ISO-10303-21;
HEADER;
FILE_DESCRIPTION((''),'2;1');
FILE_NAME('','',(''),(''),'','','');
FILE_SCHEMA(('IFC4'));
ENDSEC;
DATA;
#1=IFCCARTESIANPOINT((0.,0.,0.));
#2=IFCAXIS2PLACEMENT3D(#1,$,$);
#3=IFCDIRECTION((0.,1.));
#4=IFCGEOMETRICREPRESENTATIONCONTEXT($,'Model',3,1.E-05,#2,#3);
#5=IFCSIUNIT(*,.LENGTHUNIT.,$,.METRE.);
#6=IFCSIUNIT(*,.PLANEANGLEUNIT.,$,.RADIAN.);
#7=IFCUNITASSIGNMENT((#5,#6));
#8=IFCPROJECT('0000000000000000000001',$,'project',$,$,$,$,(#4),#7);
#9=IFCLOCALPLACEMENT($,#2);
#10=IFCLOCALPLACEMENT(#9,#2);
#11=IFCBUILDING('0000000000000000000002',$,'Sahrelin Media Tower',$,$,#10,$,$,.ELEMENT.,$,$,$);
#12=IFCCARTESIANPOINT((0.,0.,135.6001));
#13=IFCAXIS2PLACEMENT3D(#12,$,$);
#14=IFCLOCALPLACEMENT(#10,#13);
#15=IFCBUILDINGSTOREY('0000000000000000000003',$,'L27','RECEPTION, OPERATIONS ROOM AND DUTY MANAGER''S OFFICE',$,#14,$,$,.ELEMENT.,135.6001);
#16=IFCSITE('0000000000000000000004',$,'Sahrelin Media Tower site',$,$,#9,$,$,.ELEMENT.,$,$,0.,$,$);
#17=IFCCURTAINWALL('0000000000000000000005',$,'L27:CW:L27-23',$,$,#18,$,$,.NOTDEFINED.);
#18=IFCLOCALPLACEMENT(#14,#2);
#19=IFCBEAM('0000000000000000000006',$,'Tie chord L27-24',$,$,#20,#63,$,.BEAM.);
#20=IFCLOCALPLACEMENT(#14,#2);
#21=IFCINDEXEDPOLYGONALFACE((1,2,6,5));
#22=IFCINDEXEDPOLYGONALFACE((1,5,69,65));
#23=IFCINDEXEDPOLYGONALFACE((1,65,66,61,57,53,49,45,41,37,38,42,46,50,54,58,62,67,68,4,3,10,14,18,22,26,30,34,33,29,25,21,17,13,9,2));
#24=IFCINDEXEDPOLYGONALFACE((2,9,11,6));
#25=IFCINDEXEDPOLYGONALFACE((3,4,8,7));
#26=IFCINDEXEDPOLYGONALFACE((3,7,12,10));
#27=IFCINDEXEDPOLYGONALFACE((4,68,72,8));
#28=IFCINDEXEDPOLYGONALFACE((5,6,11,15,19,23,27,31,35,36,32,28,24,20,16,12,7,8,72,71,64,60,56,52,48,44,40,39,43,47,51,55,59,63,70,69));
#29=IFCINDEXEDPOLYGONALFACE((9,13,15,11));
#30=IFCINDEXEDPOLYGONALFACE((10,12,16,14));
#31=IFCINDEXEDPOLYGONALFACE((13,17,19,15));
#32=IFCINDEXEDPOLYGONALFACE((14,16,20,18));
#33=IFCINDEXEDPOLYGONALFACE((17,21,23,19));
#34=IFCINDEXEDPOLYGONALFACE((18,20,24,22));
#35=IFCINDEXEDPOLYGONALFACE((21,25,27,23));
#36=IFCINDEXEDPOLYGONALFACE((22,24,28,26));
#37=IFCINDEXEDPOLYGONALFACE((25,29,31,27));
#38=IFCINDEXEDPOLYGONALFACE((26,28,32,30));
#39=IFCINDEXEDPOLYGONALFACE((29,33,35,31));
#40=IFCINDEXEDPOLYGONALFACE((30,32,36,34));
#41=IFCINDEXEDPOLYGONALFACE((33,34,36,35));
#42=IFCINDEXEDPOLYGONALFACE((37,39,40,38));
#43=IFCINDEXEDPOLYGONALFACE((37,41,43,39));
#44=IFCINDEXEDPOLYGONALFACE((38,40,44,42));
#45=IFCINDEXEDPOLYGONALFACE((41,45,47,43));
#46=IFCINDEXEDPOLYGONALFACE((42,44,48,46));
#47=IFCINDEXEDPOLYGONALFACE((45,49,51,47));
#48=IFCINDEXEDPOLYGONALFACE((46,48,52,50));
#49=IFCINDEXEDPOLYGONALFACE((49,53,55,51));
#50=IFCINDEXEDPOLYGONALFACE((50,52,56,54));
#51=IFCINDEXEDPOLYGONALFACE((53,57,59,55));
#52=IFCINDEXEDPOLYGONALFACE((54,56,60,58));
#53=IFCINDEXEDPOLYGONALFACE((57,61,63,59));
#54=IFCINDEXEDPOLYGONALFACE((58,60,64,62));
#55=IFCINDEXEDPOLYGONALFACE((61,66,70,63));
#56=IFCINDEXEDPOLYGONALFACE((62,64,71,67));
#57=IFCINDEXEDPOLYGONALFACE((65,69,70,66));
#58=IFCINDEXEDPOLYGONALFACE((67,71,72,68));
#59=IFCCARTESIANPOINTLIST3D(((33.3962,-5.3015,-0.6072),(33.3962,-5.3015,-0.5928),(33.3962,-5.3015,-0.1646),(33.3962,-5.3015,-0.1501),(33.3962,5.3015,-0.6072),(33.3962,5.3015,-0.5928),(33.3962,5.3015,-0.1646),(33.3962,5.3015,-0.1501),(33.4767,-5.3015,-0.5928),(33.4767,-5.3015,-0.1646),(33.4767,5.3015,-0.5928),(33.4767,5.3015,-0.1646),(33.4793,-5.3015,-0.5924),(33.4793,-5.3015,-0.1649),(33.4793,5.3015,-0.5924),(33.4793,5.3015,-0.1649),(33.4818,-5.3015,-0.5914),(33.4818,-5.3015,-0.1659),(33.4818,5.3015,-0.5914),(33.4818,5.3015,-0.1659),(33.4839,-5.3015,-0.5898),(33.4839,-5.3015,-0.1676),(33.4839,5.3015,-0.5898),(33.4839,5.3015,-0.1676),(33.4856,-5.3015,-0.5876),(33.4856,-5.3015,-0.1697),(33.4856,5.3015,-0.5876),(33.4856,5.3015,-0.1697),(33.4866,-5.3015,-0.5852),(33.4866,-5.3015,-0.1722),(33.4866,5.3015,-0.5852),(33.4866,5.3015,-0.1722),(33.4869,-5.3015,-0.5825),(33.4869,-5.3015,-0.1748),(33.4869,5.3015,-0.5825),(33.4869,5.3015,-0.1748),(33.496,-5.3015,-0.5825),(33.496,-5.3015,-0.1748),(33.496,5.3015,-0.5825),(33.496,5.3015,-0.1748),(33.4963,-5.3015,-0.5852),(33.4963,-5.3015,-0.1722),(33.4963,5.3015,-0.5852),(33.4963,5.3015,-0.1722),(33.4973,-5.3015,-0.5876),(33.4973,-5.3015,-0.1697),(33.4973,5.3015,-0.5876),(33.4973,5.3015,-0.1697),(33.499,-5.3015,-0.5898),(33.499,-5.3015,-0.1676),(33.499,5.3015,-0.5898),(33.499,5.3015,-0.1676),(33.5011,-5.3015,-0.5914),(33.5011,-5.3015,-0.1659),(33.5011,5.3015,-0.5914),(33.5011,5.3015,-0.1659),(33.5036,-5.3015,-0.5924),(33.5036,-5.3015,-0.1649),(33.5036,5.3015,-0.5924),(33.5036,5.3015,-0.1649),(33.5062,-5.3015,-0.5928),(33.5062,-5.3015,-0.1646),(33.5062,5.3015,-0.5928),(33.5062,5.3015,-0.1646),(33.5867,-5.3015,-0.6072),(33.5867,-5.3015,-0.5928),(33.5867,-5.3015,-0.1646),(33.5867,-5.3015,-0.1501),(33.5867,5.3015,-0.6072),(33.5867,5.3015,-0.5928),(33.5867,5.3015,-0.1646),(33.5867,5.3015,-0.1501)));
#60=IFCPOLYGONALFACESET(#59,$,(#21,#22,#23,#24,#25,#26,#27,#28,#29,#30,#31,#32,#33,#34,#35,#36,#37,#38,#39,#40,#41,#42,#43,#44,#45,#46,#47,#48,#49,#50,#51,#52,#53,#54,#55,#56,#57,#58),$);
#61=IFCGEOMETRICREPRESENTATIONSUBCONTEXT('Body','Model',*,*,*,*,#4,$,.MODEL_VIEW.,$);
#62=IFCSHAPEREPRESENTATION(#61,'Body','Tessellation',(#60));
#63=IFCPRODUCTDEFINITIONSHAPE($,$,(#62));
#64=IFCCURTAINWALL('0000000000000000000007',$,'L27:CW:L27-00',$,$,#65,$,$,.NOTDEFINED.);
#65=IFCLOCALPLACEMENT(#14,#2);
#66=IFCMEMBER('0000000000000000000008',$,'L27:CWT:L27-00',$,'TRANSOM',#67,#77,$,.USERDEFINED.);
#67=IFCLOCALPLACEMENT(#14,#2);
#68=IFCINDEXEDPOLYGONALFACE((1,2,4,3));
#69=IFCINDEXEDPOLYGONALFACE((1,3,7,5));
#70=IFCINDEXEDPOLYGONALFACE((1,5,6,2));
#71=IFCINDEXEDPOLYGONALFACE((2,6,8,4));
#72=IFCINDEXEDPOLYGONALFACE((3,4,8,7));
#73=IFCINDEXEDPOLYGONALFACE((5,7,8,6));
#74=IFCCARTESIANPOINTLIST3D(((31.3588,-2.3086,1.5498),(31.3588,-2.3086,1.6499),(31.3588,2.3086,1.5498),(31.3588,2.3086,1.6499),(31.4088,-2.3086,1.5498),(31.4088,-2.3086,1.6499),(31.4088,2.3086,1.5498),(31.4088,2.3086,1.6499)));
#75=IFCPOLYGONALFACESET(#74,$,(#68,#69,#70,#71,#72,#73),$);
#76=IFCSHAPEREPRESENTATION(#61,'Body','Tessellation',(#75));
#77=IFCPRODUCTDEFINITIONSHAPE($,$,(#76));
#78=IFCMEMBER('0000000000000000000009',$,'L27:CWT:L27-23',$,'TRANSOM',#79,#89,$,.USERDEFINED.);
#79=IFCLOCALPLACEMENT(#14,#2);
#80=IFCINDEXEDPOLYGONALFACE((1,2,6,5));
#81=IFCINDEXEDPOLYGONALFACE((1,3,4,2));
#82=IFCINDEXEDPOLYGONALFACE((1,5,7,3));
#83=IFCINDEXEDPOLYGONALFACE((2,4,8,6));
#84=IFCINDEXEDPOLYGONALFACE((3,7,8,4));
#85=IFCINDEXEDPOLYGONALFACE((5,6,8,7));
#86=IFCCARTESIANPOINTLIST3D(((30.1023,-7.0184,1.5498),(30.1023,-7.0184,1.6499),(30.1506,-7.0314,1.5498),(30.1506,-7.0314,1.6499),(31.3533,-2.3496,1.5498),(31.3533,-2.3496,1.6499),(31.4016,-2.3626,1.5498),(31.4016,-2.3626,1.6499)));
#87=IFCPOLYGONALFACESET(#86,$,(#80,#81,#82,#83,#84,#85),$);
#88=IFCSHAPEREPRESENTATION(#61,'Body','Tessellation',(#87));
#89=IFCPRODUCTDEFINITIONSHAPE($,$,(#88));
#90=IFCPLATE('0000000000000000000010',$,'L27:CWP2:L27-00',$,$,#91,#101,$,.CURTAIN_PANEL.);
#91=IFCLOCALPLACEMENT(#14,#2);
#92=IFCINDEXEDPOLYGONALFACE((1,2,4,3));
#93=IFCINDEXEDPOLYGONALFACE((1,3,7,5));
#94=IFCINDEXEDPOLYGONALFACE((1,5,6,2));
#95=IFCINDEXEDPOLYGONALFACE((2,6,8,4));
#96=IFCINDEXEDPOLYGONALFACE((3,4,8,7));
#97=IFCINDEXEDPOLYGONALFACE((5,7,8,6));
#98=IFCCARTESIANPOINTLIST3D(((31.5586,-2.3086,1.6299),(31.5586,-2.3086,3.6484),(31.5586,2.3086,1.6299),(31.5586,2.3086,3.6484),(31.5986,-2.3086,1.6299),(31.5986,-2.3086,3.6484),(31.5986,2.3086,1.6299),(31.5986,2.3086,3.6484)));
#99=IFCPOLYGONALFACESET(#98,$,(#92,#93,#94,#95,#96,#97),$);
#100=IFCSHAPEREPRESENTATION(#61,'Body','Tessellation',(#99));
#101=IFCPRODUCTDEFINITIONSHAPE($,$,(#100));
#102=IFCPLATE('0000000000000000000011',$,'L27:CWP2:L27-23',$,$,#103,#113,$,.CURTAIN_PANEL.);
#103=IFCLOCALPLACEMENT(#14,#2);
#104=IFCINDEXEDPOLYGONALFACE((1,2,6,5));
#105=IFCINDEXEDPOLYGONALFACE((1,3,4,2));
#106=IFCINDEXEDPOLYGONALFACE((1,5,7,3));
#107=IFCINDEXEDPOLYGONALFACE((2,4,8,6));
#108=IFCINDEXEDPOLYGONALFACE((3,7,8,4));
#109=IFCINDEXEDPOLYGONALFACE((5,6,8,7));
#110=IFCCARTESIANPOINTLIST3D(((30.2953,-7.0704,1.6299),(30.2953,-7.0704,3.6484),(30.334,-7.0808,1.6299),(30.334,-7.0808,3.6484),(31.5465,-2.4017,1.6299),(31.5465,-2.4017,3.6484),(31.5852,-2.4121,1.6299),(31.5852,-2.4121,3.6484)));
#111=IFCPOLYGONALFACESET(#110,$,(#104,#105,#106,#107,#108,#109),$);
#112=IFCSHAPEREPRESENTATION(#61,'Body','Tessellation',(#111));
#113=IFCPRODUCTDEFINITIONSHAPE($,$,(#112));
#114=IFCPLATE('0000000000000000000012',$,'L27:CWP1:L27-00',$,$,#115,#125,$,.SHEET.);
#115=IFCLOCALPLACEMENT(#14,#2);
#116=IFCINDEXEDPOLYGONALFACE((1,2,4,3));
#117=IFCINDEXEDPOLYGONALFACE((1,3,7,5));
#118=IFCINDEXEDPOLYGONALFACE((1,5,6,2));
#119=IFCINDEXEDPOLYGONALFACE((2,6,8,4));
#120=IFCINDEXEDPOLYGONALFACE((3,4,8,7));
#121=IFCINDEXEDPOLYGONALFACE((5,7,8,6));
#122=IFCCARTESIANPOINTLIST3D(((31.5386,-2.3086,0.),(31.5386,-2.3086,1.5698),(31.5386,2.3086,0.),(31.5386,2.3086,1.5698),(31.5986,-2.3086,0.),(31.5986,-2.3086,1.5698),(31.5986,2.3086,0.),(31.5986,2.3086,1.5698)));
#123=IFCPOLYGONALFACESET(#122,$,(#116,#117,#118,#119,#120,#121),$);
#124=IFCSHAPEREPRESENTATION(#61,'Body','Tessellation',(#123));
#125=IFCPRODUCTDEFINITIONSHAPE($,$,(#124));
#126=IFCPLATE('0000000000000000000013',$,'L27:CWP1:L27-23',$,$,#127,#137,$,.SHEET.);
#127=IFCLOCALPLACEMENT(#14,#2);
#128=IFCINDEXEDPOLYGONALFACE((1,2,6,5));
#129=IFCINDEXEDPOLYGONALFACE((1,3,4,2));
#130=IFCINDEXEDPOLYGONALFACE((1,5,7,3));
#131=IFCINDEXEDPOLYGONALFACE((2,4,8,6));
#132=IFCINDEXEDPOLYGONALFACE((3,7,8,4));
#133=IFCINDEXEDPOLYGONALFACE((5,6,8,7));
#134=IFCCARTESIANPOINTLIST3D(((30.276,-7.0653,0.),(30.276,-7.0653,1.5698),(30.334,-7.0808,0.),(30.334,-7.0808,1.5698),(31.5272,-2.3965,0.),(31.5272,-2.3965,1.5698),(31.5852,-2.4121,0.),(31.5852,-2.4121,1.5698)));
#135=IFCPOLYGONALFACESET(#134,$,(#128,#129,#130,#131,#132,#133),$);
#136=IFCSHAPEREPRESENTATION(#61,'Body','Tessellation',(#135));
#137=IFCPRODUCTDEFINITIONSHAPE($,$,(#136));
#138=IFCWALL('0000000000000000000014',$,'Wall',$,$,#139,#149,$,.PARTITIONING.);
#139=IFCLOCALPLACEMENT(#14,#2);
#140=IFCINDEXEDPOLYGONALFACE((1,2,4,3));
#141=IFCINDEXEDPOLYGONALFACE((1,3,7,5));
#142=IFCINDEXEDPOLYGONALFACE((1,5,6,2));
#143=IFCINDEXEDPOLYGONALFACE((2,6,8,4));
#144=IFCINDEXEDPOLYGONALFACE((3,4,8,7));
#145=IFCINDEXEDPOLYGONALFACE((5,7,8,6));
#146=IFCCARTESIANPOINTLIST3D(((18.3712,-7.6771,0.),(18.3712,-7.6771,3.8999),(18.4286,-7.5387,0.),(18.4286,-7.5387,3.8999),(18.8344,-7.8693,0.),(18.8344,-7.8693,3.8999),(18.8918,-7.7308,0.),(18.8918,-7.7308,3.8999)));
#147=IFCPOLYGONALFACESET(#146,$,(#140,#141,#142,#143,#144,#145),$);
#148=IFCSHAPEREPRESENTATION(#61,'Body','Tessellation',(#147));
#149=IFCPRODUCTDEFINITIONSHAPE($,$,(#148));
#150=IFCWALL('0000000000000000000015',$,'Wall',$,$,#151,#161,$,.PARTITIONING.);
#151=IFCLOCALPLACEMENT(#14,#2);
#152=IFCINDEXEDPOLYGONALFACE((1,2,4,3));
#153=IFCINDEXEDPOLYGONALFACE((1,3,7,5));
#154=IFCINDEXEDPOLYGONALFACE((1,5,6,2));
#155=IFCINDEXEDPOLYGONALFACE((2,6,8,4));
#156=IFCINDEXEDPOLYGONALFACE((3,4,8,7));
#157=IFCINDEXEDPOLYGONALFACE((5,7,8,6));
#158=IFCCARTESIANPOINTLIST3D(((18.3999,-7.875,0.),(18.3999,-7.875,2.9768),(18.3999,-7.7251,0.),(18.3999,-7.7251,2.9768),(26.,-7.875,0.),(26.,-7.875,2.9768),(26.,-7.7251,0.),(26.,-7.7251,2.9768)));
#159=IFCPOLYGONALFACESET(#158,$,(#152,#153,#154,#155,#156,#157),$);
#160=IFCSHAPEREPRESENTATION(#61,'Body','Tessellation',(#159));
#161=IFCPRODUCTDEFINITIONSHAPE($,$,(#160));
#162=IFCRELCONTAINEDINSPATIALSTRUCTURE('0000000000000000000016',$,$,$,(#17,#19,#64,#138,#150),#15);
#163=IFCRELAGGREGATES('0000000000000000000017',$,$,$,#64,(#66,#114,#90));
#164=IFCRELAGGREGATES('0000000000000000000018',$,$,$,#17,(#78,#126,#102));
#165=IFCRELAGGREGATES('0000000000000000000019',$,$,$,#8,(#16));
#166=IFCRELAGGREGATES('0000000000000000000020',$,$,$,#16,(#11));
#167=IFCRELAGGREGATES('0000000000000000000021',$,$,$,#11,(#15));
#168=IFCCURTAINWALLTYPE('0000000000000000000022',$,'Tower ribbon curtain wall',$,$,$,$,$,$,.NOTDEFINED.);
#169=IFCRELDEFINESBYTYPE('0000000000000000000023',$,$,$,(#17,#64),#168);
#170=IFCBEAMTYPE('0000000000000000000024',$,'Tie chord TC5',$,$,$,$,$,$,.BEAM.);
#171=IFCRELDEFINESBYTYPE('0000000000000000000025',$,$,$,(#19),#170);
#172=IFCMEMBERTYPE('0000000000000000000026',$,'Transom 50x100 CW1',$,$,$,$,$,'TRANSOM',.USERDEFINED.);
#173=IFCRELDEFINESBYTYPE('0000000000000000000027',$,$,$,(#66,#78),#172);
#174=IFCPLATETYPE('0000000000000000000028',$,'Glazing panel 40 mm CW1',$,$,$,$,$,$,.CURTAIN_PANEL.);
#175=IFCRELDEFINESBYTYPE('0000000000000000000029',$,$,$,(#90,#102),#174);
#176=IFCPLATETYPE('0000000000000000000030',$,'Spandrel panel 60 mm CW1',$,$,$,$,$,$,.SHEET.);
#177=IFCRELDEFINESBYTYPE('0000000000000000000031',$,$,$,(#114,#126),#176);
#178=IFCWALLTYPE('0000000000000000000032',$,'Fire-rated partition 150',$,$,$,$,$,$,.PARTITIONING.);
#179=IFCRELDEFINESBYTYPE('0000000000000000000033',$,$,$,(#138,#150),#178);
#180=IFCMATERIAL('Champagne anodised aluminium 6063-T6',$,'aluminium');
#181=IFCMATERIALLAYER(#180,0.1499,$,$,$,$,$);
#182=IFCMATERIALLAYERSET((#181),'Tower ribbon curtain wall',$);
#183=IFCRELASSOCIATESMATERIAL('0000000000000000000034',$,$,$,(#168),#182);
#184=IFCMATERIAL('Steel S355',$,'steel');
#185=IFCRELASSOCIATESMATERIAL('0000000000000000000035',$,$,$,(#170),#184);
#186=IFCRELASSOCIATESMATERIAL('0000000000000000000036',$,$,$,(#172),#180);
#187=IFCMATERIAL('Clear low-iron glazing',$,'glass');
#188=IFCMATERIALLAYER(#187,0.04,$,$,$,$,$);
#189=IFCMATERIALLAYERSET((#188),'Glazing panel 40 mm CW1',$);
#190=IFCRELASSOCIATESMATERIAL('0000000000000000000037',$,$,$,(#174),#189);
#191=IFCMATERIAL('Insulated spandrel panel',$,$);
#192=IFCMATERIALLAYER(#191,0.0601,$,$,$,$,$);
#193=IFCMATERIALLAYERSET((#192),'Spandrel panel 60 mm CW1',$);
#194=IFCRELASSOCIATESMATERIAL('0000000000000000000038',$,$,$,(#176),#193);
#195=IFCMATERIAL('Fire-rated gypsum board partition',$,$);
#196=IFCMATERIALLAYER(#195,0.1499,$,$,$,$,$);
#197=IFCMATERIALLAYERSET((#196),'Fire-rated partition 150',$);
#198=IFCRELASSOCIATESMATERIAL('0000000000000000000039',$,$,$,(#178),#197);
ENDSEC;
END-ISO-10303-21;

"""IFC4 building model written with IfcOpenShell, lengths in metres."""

from ifc_helpers import new_model, si_unit, direction, frame, frame_2d, origin, origin_2d, place, context, subcontext, project, spatial, polyline, rectangle, i_section, outline, extrude, material, layer, layer_set, material_profile, profile_set, type_object, element, aggregate, save


model = new_model("IFC4")

# Units and contexts
model_context = context("Model", 3, precision=1e-05, world=origin(), true_north=direction((0.0, 1.0)))
body_context = subcontext(model_context, "Body", "Model", "MODEL_VIEW")
ifc_project = project(units=[si_unit("LENGTHUNIT", "METRE"), si_unit("PLANEANGLEUNIT", "RADIAN")], contexts=[model_context])

# Site, building, storey
site_placement = place(None, origin())
site = spatial("IfcSite", under=ifc_project, at=site_placement, Name="Sahrelin Media Tower site", CompositionType="ELEMENT", RefElevation=0.0)
building_placement = place(site_placement, origin())
building = spatial("IfcBuilding", under=site, at=building_placement, Name="Sahrelin Media Tower", CompositionType="ELEMENT")
storey_placement = place(building_placement, frame((0.0, 0.0, 135.6001)))
storey = spatial("IfcBuildingStorey", under=building, at=storey_placement, Name="L27", Description="RECEPTION, OPERATIONS ROOM AND DUTY MANAGER'S OFFICE", CompositionType="ELEMENT", Elevation=135.6001)

# Shared definitions
ifc_material_1 = material(Name="Steel S355", Category="steel")

# Curtain wall
ifc_material_2 = material(Name="Champagne anodised aluminium 6063-T6", Category="aluminium")
ifc_layer_1 = layer(ifc_material_2, 0.1499)
ifc_layer_set_1 = layer_set([ifc_layer_1], Name="Tower ribbon curtain wall")
curtain_wall_type = type_object("IfcCurtainWallType", Name="Tower ribbon curtain wall", PredefinedType="NOTDEFINED", material=ifc_layer_set_1)
curtain_wall_1_placement = place(storey_placement, frame((30.9402, -4.7412, 0.0), z_axis=(0.0, 0.0, 1.0), x_axis=(1.0, 0.0, 0.0)))
curtain_wall_1 = element("IfcCurtainWall", 1, at=curtain_wall_1_placement, inside=storey, type_object=curtain_wall_type, Name="L27:CW:L27-23", PredefinedType="NOTDEFINED")

# Beam
ifc_material_profile_1 = material_profile(ifc_material_1, i_section(OverallWidth=0.1904, OverallDepth=0.457, WebThickness=0.009, FlangeThickness=0.0144, FilletRadius=0.0103, at=origin_2d()), Name="UB 457x191x74")
ifc_profile_set_1 = profile_set([ifc_material_profile_1], Name="Steel S355")
beam_type_1 = type_object("IfcBeamType", Name="Tie chord TC5", PredefinedType="BEAM", material=ifc_profile_set_1)
beam_1_placement = place(storey_placement, frame((33.4915, -5.3015, -0.3787), z_axis=(0.0, 1.0, 0.0), x_axis=(-1.0, 0.0, 0.0)))
element("IfcBeam", 2, at=beam_1_placement, inside=storey, type_object=beam_type_1, Name="Tie chord L27-24", PredefinedType="BEAM", context=body_context, shape_type="SweptSolid", body=[
    extrude(i_section(OverallWidth=0.1904, OverallDepth=0.457, WebThickness=0.009, FlangeThickness=0.0144, FilletRadius=0.0103, at=origin_2d()), origin(), (0.0, 0.0, 1.0), 10.603),
])

# Curtain wall, member
curtain_wall_2_placement = place(storey_placement, frame((31.5786, 0.0, 0.0), z_axis=(0.0, 0.0, 1.0), x_axis=(1.0, 0.0, 0.0)))
curtain_wall_2 = element("IfcCurtainWall", 3, at=curtain_wall_2_placement, inside=storey, type_object=curtain_wall_type, Name="L27:CW:L27-00", PredefinedType="NOTDEFINED")
ifc_material_profile_2 = material_profile(ifc_material_2, rectangle(XDim=0.05, YDim=0.1001, at=origin_2d()), Name="Transom 50x100")
ifc_profile_set_2 = profile_set([ifc_material_profile_2], Name="Champagne anodised aluminium 6063-T6")
member_type_1 = type_object("IfcMemberType", Name="Transom 50x100 CW1", ElementType="TRANSOM", PredefinedType="USERDEFINED", material=ifc_profile_set_2)
member_1_placement = place(storey_placement, frame((31.3838, -2.3086, 1.5999), z_axis=(0.0, 1.0, 0.0), x_axis=(-1.0, 0.0, 0.0)))
member_1 = element("IfcMember", 4, at=member_1_placement, type_object=member_type_1, Name="L27:CWT:L27-00", ObjectType="TRANSOM", PredefinedType="USERDEFINED", context=body_context, shape_type="SweptSolid", body=[
    extrude(rectangle(XDim=0.05, YDim=0.1001, at=origin_2d()), origin(), (0.0, 0.0, 1.0), 4.6172),
])

# Member
member_2_placement = place(storey_placement, frame((30.1265, -7.0249, 1.5999), z_axis=(0.258819, 0.965926, 0.0), x_axis=(-0.965926, 0.258819, 0.0)))
member_2 = element("IfcMember", 5, at=member_2_placement, type_object=member_type_1, Name="L27:CWT:L27-23", ObjectType="TRANSOM", PredefinedType="USERDEFINED", context=body_context, shape_type="SweptSolid", body=[
    extrude(rectangle(XDim=0.05, YDim=0.1001, at=origin_2d()), origin(), (0.0, 0.0, 1.0), 4.8335),
])

# Plates
ifc_material_3 = material(Name="Clear low-iron glazing", Category="glass")
ifc_layer_2 = layer(ifc_material_3, 0.04)
ifc_layer_set_2 = layer_set([ifc_layer_2], Name="Glazing panel 40 mm CW1")
plate_type_1 = type_object("IfcPlateType", Name="Glazing panel 40 mm CW1", PredefinedType="CURTAIN_PANEL", material=ifc_layer_set_2)
plate_1_placement = place(storey_placement, frame((31.5986, -2.3086, 1.6299), z_axis=(1.0, 0.0, 0.0), x_axis=(0.0, 1.0, 0.0)))
plate_1 = element("IfcPlate", 6, at=plate_1_placement, type_object=plate_type_1, Name="L27:CWP2:L27-00", PredefinedType="CURTAIN_PANEL", context=body_context, shape_type="SweptSolid", body=[
    extrude(outline(polyline([(0.0, 0.0), (4.6172, 0.0), (4.6172, 2.0186), (0.0, 2.0186), (0.0, 0.0)])), origin(), (0.0, 0.0, -1.0), 0.04),
])
plate_2_placement = place(storey_placement, frame((30.334, -7.0808, 1.6299), z_axis=(0.965913, -0.258867, 0.0), x_axis=(0.258867, 0.965913, 0.0)))
plate_2 = element("IfcPlate", 7, at=plate_2_placement, type_object=plate_type_1, Name="L27:CWP2:L27-23", PredefinedType="CURTAIN_PANEL", context=body_context, shape_type="SweptSolid", body=[
    extrude(outline(polyline([(0.0, 0.0), (4.8335, 0.0), (4.8335, 2.0186), (0.0, 2.0186), (0.0, 0.0)])), origin(), (0.0, 0.0, -1.0), 0.04),
])
ifc_material_4 = material(Name="Insulated spandrel panel")
ifc_layer_3 = layer(ifc_material_4, 0.0601)
ifc_layer_set_3 = layer_set([ifc_layer_3], Name="Spandrel panel 60 mm CW1")
plate_type_2 = type_object("IfcPlateType", Name="Spandrel panel 60 mm CW1", PredefinedType="SHEET", material=ifc_layer_set_3)
plate_3_placement = place(storey_placement, frame((31.5986, -2.3086, 0.0), z_axis=(1.0, 0.0, 0.0), x_axis=(0.0, 1.0, 0.0)))
plate_3 = element("IfcPlate", 8, at=plate_3_placement, type_object=plate_type_2, Name="L27:CWP1:L27-00", PredefinedType="SHEET", context=body_context, shape_type="SweptSolid", body=[
    extrude(outline(polyline([(0.0, 0.0), (4.6172, 0.0), (4.6172, 1.5698), (0.0, 1.5698), (0.0, 0.0)])), origin(), (0.0, 0.0, -1.0), 0.0601),
])
aggregate(curtain_wall_2, [member_1, plate_3, plate_1])
plate_4_placement = place(storey_placement, frame((30.334, -7.0808, 0.0), z_axis=(0.965913, -0.258867, 0.0), x_axis=(0.258867, 0.965913, 0.0)))
plate_4 = element("IfcPlate", 9, at=plate_4_placement, type_object=plate_type_2, Name="L27:CWP1:L27-23", PredefinedType="SHEET", context=body_context, shape_type="SweptSolid", body=[
    extrude(outline(polyline([(0.0, 0.0), (4.8335, 0.0), (4.8335, 1.5698), (0.0, 1.5698), (0.0, 0.0)])), origin(), (0.0, 0.0, -1.0), 0.0601),
])
aggregate(curtain_wall_1, [member_2, plate_4, plate_2])

# Walls
ifc_material_5 = material(Name="Fire-rated gypsum board partition")
ifc_layer_4 = layer(ifc_material_5, 0.1499)
ifc_layer_set_4 = layer_set([ifc_layer_4], Name="Fire-rated partition 150")
wall_type_1 = type_object("IfcWallType", Name="Fire-rated partition 150", PredefinedType="PARTITIONING", material=ifc_layer_set_4)
wall_1_placement = place(storey_placement, frame((18.3999, -7.6079, 0.0), z_axis=(0.0, 0.0, 1.0), x_axis=(0.923666, -0.383197, 0.0)))
element("IfcWall", 10, at=wall_1_placement, inside=storey, type_object=wall_type_1, Name="Wall", PredefinedType="PARTITIONING", context=body_context, shape_type="SweptSolid", body=[
    extrude(rectangle(XDim=0.5015, YDim=0.1499, at=frame_2d((0.2507, 0.0))), origin(), (0.0, 0.0, 1.0), 3.8999),
])
wall_2_placement = place(storey_placement, frame((18.3999, -7.8, 0.0), z_axis=(0.0, 0.0, 1.0), x_axis=(1.0, 0.0, 0.0)))
element("IfcWall", 11, at=wall_2_placement, inside=storey, type_object=wall_type_1, Name="Wall", PredefinedType="PARTITIONING", context=body_context, shape_type="SweptSolid", body=[
    extrude(rectangle(XDim=7.6001, YDim=0.1499, at=frame_2d((3.8, 0.0))), origin(), (0.0, 0.0, 1.0), 2.9768),
])

save(model, "model.ifc")
